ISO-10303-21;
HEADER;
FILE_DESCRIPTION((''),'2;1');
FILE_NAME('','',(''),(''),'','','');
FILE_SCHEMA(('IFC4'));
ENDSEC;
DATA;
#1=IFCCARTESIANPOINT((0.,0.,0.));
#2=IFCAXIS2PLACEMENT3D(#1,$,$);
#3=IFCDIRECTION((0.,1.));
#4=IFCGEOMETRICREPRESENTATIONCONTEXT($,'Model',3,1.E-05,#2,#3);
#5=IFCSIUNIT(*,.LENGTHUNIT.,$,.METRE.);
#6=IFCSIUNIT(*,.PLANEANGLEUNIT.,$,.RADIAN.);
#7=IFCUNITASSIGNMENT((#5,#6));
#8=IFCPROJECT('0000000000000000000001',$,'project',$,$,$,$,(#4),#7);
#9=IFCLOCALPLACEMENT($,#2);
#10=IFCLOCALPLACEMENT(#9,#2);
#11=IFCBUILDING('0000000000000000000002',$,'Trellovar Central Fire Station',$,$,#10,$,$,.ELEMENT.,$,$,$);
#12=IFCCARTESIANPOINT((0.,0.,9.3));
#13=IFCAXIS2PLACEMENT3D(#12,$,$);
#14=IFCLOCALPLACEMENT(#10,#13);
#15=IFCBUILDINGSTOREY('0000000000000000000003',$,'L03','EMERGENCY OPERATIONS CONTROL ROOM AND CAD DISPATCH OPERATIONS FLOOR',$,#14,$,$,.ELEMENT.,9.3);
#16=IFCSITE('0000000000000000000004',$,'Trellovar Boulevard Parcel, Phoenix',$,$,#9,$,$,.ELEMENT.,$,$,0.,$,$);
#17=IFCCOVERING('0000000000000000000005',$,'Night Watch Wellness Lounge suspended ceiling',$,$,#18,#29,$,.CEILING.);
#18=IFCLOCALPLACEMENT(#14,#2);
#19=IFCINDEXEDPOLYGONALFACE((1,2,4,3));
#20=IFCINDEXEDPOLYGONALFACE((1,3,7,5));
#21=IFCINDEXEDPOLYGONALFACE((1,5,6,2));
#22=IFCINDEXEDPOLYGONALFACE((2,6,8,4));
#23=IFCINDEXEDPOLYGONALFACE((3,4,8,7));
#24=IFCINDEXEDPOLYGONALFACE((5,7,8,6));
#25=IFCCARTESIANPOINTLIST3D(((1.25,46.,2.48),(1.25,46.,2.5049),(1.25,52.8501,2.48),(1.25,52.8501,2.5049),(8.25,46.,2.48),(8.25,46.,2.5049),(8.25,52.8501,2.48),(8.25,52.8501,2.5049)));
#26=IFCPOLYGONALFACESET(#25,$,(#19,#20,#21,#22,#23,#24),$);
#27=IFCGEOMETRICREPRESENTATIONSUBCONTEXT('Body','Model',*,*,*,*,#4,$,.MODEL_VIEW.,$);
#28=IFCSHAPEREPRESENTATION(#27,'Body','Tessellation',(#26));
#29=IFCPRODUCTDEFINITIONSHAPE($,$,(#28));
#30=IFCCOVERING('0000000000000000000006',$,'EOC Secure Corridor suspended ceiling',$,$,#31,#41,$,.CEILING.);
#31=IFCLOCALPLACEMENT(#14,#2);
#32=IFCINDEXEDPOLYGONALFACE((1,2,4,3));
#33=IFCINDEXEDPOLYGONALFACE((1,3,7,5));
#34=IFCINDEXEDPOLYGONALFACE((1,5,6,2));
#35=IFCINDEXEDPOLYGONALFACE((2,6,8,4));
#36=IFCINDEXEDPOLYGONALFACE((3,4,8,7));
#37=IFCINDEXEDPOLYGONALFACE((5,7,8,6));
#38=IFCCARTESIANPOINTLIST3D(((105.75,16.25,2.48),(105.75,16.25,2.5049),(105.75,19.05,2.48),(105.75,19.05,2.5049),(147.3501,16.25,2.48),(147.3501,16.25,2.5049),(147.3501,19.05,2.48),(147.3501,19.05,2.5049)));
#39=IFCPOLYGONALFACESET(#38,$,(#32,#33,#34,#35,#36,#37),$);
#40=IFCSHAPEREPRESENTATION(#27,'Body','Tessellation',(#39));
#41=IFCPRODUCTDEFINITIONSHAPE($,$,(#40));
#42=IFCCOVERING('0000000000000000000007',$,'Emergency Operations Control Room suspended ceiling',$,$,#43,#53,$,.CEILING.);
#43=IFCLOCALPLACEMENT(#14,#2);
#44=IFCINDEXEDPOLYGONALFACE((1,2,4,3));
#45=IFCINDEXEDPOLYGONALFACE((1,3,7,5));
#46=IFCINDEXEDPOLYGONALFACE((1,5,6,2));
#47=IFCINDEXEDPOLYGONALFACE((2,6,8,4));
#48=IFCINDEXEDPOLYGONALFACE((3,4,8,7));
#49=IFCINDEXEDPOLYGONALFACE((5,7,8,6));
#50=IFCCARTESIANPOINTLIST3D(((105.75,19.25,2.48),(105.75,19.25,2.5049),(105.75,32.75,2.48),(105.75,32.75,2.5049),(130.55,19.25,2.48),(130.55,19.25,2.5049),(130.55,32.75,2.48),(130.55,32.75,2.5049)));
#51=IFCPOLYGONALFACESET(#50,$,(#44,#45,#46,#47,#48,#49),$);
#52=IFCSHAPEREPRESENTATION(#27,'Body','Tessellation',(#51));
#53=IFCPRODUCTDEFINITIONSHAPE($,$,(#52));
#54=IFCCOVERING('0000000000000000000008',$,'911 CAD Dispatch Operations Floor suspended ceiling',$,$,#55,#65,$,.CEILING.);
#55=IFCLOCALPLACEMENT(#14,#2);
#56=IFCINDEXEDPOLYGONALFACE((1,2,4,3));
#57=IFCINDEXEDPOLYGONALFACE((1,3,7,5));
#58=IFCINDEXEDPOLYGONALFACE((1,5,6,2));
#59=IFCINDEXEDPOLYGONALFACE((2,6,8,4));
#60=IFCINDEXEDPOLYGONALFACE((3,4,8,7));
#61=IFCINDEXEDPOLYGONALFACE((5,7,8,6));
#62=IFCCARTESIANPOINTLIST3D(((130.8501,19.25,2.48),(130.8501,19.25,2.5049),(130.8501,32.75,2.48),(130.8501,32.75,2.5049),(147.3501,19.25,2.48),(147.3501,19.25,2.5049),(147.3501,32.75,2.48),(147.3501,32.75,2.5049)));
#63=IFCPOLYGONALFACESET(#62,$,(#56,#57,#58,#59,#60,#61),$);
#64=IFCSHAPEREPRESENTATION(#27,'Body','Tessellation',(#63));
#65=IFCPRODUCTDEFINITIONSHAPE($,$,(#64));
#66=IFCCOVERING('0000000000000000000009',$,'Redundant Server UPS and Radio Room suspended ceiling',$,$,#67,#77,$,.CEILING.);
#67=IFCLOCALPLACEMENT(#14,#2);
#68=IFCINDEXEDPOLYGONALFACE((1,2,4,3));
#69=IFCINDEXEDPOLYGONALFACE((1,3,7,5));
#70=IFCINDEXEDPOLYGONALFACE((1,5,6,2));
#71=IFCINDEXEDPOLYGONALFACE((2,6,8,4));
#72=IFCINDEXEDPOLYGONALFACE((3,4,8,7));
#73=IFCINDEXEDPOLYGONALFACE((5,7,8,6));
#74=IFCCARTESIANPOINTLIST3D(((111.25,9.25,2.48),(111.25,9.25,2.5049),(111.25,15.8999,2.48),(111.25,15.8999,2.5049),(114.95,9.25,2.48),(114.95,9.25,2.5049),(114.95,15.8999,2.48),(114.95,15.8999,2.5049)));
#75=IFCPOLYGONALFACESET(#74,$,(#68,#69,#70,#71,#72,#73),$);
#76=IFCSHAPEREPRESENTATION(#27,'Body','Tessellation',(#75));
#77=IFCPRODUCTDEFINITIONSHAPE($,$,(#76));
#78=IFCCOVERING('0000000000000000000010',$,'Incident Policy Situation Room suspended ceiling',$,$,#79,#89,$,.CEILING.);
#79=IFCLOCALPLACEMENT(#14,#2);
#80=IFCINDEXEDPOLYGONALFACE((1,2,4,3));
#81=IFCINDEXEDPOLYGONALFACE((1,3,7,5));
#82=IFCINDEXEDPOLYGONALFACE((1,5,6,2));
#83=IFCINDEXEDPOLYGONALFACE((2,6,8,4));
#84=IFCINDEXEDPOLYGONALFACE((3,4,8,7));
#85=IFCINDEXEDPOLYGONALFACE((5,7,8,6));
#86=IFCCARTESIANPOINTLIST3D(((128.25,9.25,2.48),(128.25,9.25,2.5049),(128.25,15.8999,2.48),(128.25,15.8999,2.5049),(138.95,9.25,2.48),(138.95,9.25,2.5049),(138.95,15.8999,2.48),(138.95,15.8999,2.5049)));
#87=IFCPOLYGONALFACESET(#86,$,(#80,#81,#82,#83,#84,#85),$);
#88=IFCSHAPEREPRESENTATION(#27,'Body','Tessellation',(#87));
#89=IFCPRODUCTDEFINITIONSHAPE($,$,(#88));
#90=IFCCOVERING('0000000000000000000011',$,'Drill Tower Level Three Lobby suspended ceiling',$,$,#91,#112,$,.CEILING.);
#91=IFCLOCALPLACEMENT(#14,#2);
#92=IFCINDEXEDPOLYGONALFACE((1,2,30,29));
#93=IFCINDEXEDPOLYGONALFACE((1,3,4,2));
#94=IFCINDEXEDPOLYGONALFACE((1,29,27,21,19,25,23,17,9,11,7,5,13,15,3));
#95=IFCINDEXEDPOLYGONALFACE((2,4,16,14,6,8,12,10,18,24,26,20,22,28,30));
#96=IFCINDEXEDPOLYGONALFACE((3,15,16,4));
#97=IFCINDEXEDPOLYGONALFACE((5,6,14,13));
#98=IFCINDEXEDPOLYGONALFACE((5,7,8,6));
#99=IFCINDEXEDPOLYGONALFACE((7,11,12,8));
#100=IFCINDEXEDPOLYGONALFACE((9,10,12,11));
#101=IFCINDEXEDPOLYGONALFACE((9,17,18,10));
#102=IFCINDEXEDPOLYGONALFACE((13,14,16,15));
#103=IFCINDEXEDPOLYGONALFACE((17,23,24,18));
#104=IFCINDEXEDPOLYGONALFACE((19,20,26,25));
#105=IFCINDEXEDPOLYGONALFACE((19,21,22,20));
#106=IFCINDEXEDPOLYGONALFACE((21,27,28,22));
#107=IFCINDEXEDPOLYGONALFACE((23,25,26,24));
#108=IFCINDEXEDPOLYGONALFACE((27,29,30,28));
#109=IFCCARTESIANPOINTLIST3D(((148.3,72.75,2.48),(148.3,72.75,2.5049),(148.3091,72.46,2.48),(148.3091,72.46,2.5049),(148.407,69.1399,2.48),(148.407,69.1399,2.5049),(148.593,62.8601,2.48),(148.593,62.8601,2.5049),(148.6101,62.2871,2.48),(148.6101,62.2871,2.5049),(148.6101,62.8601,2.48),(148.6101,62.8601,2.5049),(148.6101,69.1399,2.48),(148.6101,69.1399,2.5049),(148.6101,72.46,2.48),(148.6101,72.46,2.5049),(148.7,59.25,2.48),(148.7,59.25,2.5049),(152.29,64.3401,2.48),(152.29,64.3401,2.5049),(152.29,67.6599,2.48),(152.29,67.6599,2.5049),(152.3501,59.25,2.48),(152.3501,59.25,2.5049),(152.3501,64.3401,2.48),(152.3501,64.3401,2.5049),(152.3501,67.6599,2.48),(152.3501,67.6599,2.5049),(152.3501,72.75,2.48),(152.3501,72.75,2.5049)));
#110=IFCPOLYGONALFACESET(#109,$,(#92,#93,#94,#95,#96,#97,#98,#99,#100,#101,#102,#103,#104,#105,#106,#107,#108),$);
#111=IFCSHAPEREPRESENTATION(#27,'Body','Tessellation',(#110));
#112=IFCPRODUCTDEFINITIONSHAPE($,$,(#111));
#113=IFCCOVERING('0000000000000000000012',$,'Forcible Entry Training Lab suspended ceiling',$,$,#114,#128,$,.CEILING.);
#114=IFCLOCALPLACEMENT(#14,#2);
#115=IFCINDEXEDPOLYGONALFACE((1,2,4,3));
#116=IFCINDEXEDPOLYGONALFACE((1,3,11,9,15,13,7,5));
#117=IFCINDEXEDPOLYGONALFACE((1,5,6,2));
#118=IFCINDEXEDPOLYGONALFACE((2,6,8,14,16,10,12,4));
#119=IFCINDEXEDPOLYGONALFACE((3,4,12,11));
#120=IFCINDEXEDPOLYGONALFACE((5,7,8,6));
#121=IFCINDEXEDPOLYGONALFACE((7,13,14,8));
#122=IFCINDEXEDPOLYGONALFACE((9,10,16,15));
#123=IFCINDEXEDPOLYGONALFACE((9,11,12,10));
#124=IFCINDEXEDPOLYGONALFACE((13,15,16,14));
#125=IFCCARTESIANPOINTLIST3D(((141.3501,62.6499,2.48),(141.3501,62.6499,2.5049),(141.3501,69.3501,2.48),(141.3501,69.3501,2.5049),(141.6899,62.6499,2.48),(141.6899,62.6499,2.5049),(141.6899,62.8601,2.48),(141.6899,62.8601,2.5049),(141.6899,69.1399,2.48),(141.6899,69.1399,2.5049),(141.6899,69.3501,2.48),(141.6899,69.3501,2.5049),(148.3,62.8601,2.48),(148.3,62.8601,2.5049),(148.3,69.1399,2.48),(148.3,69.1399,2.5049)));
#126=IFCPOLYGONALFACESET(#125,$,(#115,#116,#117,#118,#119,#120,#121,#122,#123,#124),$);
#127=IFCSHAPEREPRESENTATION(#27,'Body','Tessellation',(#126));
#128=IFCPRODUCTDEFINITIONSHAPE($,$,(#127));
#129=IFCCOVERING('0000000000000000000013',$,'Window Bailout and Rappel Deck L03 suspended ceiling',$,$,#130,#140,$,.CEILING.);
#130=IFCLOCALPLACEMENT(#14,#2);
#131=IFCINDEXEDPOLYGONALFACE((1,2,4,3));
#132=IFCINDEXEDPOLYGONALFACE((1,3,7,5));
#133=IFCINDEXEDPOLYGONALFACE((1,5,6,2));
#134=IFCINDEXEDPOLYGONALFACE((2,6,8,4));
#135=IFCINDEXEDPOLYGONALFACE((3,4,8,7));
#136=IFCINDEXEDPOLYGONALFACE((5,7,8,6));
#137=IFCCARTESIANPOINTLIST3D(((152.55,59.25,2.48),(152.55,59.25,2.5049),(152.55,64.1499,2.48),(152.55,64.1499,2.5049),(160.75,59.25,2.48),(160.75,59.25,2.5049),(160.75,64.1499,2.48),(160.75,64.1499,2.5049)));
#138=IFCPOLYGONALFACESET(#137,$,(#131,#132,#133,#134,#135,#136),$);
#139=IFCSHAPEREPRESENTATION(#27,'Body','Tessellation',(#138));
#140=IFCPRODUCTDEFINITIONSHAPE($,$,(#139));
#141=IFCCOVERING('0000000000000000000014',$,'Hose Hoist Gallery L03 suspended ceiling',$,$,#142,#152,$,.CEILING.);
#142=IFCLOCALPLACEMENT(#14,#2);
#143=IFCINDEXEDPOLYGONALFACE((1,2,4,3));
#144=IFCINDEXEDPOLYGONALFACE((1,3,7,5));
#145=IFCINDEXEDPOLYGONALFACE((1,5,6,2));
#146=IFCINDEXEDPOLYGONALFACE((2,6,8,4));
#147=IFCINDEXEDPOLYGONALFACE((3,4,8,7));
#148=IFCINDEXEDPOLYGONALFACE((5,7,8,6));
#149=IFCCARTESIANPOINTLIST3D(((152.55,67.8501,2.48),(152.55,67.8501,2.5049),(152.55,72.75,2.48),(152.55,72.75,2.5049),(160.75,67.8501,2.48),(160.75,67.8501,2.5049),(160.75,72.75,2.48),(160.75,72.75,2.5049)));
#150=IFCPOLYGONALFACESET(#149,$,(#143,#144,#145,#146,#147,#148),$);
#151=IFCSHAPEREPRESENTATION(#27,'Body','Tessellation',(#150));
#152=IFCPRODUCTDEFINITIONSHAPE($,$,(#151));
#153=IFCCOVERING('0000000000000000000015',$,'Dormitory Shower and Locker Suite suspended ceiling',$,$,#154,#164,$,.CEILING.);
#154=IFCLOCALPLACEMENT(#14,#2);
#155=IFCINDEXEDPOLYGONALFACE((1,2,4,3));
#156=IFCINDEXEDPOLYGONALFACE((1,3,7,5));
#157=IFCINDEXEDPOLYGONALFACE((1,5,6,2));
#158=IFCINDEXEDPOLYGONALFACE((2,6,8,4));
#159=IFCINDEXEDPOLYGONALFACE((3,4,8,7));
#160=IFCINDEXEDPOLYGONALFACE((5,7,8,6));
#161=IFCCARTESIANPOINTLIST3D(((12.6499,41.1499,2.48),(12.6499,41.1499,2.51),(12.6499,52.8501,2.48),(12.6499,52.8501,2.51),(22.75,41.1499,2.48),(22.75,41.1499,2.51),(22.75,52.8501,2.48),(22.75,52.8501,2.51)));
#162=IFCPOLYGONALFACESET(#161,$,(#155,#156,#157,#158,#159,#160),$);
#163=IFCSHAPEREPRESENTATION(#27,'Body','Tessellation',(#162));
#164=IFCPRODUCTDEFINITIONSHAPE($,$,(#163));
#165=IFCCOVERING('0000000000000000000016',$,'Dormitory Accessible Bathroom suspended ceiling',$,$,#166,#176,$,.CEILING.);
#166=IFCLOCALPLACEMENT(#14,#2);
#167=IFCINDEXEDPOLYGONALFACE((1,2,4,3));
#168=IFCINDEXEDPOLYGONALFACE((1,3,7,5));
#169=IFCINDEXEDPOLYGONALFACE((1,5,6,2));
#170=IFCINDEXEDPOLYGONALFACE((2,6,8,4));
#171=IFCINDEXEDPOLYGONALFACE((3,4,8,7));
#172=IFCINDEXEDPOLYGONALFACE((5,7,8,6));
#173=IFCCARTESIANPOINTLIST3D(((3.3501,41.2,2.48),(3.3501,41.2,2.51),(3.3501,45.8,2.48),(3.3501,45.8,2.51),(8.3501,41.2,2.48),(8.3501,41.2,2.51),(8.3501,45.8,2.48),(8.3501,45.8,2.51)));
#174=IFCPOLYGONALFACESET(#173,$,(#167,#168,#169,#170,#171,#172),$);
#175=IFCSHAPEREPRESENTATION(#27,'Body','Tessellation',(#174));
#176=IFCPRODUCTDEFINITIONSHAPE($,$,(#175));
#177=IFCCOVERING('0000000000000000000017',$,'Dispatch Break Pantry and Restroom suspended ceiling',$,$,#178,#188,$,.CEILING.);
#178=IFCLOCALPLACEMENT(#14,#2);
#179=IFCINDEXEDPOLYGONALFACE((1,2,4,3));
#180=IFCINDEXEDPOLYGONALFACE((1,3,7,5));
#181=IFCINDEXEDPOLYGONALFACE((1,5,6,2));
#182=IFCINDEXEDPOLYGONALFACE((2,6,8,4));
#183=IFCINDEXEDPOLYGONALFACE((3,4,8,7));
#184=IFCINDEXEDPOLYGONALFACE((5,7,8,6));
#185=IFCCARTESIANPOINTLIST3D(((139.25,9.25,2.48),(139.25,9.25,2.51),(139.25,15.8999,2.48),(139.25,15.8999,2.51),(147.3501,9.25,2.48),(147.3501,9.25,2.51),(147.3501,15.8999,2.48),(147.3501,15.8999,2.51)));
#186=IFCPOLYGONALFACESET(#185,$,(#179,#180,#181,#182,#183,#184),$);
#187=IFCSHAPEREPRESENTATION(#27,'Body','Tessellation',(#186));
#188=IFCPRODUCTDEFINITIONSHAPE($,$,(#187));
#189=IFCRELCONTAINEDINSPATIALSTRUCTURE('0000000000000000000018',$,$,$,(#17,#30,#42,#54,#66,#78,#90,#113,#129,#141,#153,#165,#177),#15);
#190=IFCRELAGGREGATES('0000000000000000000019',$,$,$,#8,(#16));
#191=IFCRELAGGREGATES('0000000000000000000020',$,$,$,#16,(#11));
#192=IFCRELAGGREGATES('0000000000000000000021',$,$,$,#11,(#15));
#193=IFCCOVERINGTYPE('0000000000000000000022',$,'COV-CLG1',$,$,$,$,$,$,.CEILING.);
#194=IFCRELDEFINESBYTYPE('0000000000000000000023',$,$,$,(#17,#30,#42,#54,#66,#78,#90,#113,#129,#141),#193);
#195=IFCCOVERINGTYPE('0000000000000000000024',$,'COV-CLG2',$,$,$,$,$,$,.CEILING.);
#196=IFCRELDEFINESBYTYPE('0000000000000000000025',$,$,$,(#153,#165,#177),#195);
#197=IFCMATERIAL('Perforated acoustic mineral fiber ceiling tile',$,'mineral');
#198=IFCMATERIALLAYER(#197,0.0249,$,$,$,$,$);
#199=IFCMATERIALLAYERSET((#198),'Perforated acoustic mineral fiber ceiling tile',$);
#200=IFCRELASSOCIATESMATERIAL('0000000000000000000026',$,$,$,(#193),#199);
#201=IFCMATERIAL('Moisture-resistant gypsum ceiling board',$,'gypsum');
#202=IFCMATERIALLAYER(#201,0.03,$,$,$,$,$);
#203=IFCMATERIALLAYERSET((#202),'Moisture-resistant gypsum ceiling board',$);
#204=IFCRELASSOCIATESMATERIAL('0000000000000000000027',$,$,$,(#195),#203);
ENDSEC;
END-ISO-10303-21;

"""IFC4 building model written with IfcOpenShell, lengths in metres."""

from ifc_helpers import new_model, si_unit, direction, frame, origin, place, context, subcontext, project, spatial, polyline, outline, extrude, material, layer, layer_set, type_object, element, save


model = new_model("IFC4")

# Units and contexts
model_context = context("Model", 3, precision=1e-05, world=origin(), true_north=direction((0.0, 1.0)))
body_context = subcontext(model_context, "Body", "Model", "MODEL_VIEW")
ifc_project = project(units=[si_unit("LENGTHUNIT", "METRE"), si_unit("PLANEANGLEUNIT", "RADIAN")], contexts=[model_context])

# Site, building, storey
site_placement = place(None, origin())
site = spatial("IfcSite", under=ifc_project, at=site_placement, Name="Trellovar Boulevard Parcel, Phoenix", CompositionType="ELEMENT", RefElevation=0.0)
building_placement = place(site_placement, origin())
building = spatial("IfcBuilding", under=site, at=building_placement, Name="Trellovar Central Fire Station", CompositionType="ELEMENT")
storey_placement = place(building_placement, frame((0.0, 0.0, 9.3)))
storey = spatial("IfcBuildingStorey", under=building, at=storey_placement, Name="L03", Description="EMERGENCY OPERATIONS CONTROL ROOM AND CAD DISPATCH OPERATIONS FLOOR", CompositionType="ELEMENT", Elevation=9.3)

# Coverings
ifc_material_1 = material(Name="Perforated acoustic mineral fiber ceiling tile", Category="mineral")
ifc_layer_1 = layer(ifc_material_1, 0.0249)
ifc_layer_set_1 = layer_set([ifc_layer_1], Name="Perforated acoustic mineral fiber ceiling tile")
covering_type_1 = type_object("IfcCoveringType", Name="COV-CLG1", PredefinedType="CEILING", material=ifc_layer_set_1)
covering_1_placement = place(storey_placement, frame((0.0, 0.0, 2.48)))
element("IfcCovering", 1, at=covering_1_placement, inside=storey, type_object=covering_type_1, Name="Night Watch Wellness Lounge suspended ceiling", PredefinedType="CEILING", context=body_context, shape_type="SweptSolid", body=[
    extrude(outline(polyline([(8.25, 52.8501), (8.25, 46.0), (1.25, 46.0), (1.25, 52.8501), (8.25, 52.8501)])), origin(), (0.0, 0.0, 1.0), 0.0249),
])
covering_2_placement = place(storey_placement, frame((0.0, 0.0, 2.48)))
element("IfcCovering", 2, at=covering_2_placement, inside=storey, type_object=covering_type_1, Name="EOC Secure Corridor suspended ceiling", PredefinedType="CEILING", context=body_context, shape_type="SweptSolid", body=[
    extrude(outline(polyline([(147.3501, 19.05), (147.3501, 16.25), (105.75, 16.25), (105.75, 19.05), (147.3501, 19.05)])), origin(), (0.0, 0.0, 1.0), 0.0249),
])
covering_3_placement = place(storey_placement, frame((0.0, 0.0, 2.48)))
element("IfcCovering", 3, at=covering_3_placement, inside=storey, type_object=covering_type_1, Name="Emergency Operations Control Room suspended ceiling", PredefinedType="CEILING", context=body_context, shape_type="SweptSolid", body=[
    extrude(outline(polyline([(130.55, 32.75), (130.55, 19.25), (105.75, 19.25), (105.75, 32.75), (130.55, 32.75)])), origin(), (0.0, 0.0, 1.0), 0.0249),
])
covering_4_placement = place(storey_placement, frame((0.0, 0.0, 2.48)))
element("IfcCovering", 4, at=covering_4_placement, inside=storey, type_object=covering_type_1, Name="911 CAD Dispatch Operations Floor suspended ceiling", PredefinedType="CEILING", context=body_context, shape_type="SweptSolid", body=[
    extrude(outline(polyline([(147.3501, 32.75), (147.3501, 19.25), (130.8501, 19.25), (130.8501, 32.75), (147.3501, 32.75)])), origin(), (0.0, 0.0, 1.0), 0.0249),
])
covering_5_placement = place(storey_placement, frame((0.0, 0.0, 2.48)))
element("IfcCovering", 5, at=covering_5_placement, inside=storey, type_object=covering_type_1, Name="Redundant Server UPS and Radio Room suspended ceiling", PredefinedType="CEILING", context=body_context, shape_type="SweptSolid", body=[
    extrude(outline(polyline([(114.95, 15.8999), (114.95, 9.25), (111.25, 9.25), (111.25, 15.8999), (114.95, 15.8999)])), origin(), (0.0, 0.0, 1.0), 0.0249),
])
covering_6_placement = place(storey_placement, frame((0.0, 0.0, 2.48)))
element("IfcCovering", 6, at=covering_6_placement, inside=storey, type_object=covering_type_1, Name="Incident Policy Situation Room suspended ceiling", PredefinedType="CEILING", context=body_context, shape_type="SweptSolid", body=[
    extrude(outline(polyline([(138.95, 15.8999), (138.95, 9.25), (128.25, 9.25), (128.25, 15.8999), (138.95, 15.8999)])), origin(), (0.0, 0.0, 1.0), 0.0249),
])
covering_7_placement = place(storey_placement, frame((0.0, 0.0, 2.48)))
element("IfcCovering", 7, at=covering_7_placement, inside=storey, type_object=covering_type_1, Name="Drill Tower Level Three Lobby suspended ceiling", PredefinedType="CEILING", context=body_context, shape_type="SweptSolid", body=[
    extrude(outline(polyline([(148.6101, 72.46), (148.3091, 72.46), (148.3, 72.75), (152.3501, 72.75), (152.3501, 67.6599), (152.29, 67.6599), (152.29, 64.3401), (152.3501, 64.3401), (152.3501, 59.25), (148.7, 59.25), (148.6101, 62.2871), (148.6101, 62.8601), (148.593, 62.8601), (148.407, 69.1399), (148.6101, 69.1399), (148.6101, 72.46)])), origin(), (0.0, 0.0, 1.0), 0.0249),
])
covering_8_placement = place(storey_placement, frame((0.0, 0.0, 2.48)))
element("IfcCovering", 8, at=covering_8_placement, inside=storey, type_object=covering_type_1, Name="Forcible Entry Training Lab suspended ceiling", PredefinedType="CEILING", context=body_context, shape_type="SweptSolid", body=[
    extrude(outline(polyline([(141.6899, 62.8601), (141.6899, 62.6499), (141.3501, 62.6499), (141.3501, 69.3501), (141.6899, 69.3501), (141.6899, 69.1399), (148.3, 69.1399), (148.3, 62.8601), (141.6899, 62.8601)])), origin(), (0.0, 0.0, 1.0), 0.0249),
])
covering_9_placement = place(storey_placement, frame((0.0, 0.0, 2.48)))
element("IfcCovering", 9, at=covering_9_placement, inside=storey, type_object=covering_type_1, Name="Window Bailout and Rappel Deck L03 suspended ceiling", PredefinedType="CEILING", context=body_context, shape_type="SweptSolid", body=[
    extrude(outline(polyline([(160.75, 64.1499), (160.75, 59.25), (152.55, 59.25), (152.55, 64.1499), (160.75, 64.1499)])), origin(), (0.0, 0.0, 1.0), 0.0249),
])
covering_10_placement = place(storey_placement, frame((0.0, 0.0, 2.48)))
element("IfcCovering", 10, at=covering_10_placement, inside=storey, type_object=covering_type_1, Name="Hose Hoist Gallery L03 suspended ceiling", PredefinedType="CEILING", context=body_context, shape_type="SweptSolid", body=[
    extrude(outline(polyline([(160.75, 72.75), (160.75, 67.8501), (152.55, 67.8501), (152.55, 72.75), (160.75, 72.75)])), origin(), (0.0, 0.0, 1.0), 0.0249),
])
ifc_material_2 = material(Name="Moisture-resistant gypsum ceiling board", Category="gypsum")
ifc_layer_2 = layer(ifc_material_2, 0.03)
ifc_layer_set_2 = layer_set([ifc_layer_2], Name="Moisture-resistant gypsum ceiling board")
covering_type_2 = type_object("IfcCoveringType", Name="COV-CLG2", PredefinedType="CEILING", material=ifc_layer_set_2)
covering_11_placement = place(storey_placement, frame((0.0, 0.0, 2.48)))
element("IfcCovering", 11, at=covering_11_placement, inside=storey, type_object=covering_type_2, Name="Dormitory Shower and Locker Suite suspended ceiling", PredefinedType="CEILING", context=body_context, shape_type="SweptSolid", body=[
    extrude(outline(polyline([(22.75, 52.8501), (22.75, 41.1499), (12.6499, 41.1499), (12.6499, 52.8501), (22.75, 52.8501)])), origin(), (0.0, 0.0, 1.0), 0.03),
])
covering_12_placement = place(storey_placement, frame((0.0, 0.0, 2.48)))
element("IfcCovering", 12, at=covering_12_placement, inside=storey, type_object=covering_type_2, Name="Dormitory Accessible Bathroom suspended ceiling", PredefinedType="CEILING", context=body_context, shape_type="SweptSolid", body=[
    extrude(outline(polyline([(8.3501, 45.8), (8.3501, 41.2), (3.3501, 41.2), (3.3501, 45.8), (8.3501, 45.8)])), origin(), (0.0, 0.0, 1.0), 0.03),
])
covering_13_placement = place(storey_placement, frame((0.0, 0.0, 2.48)))
element("IfcCovering", 13, at=covering_13_placement, inside=storey, type_object=covering_type_2, Name="Dispatch Break Pantry and Restroom suspended ceiling", PredefinedType="CEILING", context=body_context, shape_type="SweptSolid", body=[
    extrude(outline(polyline([(147.3501, 15.8999), (147.3501, 9.25), (139.25, 9.25), (139.25, 15.8999), (147.3501, 15.8999)])), origin(), (0.0, 0.0, 1.0), 0.03),
])

save(model, "model.ifc")
